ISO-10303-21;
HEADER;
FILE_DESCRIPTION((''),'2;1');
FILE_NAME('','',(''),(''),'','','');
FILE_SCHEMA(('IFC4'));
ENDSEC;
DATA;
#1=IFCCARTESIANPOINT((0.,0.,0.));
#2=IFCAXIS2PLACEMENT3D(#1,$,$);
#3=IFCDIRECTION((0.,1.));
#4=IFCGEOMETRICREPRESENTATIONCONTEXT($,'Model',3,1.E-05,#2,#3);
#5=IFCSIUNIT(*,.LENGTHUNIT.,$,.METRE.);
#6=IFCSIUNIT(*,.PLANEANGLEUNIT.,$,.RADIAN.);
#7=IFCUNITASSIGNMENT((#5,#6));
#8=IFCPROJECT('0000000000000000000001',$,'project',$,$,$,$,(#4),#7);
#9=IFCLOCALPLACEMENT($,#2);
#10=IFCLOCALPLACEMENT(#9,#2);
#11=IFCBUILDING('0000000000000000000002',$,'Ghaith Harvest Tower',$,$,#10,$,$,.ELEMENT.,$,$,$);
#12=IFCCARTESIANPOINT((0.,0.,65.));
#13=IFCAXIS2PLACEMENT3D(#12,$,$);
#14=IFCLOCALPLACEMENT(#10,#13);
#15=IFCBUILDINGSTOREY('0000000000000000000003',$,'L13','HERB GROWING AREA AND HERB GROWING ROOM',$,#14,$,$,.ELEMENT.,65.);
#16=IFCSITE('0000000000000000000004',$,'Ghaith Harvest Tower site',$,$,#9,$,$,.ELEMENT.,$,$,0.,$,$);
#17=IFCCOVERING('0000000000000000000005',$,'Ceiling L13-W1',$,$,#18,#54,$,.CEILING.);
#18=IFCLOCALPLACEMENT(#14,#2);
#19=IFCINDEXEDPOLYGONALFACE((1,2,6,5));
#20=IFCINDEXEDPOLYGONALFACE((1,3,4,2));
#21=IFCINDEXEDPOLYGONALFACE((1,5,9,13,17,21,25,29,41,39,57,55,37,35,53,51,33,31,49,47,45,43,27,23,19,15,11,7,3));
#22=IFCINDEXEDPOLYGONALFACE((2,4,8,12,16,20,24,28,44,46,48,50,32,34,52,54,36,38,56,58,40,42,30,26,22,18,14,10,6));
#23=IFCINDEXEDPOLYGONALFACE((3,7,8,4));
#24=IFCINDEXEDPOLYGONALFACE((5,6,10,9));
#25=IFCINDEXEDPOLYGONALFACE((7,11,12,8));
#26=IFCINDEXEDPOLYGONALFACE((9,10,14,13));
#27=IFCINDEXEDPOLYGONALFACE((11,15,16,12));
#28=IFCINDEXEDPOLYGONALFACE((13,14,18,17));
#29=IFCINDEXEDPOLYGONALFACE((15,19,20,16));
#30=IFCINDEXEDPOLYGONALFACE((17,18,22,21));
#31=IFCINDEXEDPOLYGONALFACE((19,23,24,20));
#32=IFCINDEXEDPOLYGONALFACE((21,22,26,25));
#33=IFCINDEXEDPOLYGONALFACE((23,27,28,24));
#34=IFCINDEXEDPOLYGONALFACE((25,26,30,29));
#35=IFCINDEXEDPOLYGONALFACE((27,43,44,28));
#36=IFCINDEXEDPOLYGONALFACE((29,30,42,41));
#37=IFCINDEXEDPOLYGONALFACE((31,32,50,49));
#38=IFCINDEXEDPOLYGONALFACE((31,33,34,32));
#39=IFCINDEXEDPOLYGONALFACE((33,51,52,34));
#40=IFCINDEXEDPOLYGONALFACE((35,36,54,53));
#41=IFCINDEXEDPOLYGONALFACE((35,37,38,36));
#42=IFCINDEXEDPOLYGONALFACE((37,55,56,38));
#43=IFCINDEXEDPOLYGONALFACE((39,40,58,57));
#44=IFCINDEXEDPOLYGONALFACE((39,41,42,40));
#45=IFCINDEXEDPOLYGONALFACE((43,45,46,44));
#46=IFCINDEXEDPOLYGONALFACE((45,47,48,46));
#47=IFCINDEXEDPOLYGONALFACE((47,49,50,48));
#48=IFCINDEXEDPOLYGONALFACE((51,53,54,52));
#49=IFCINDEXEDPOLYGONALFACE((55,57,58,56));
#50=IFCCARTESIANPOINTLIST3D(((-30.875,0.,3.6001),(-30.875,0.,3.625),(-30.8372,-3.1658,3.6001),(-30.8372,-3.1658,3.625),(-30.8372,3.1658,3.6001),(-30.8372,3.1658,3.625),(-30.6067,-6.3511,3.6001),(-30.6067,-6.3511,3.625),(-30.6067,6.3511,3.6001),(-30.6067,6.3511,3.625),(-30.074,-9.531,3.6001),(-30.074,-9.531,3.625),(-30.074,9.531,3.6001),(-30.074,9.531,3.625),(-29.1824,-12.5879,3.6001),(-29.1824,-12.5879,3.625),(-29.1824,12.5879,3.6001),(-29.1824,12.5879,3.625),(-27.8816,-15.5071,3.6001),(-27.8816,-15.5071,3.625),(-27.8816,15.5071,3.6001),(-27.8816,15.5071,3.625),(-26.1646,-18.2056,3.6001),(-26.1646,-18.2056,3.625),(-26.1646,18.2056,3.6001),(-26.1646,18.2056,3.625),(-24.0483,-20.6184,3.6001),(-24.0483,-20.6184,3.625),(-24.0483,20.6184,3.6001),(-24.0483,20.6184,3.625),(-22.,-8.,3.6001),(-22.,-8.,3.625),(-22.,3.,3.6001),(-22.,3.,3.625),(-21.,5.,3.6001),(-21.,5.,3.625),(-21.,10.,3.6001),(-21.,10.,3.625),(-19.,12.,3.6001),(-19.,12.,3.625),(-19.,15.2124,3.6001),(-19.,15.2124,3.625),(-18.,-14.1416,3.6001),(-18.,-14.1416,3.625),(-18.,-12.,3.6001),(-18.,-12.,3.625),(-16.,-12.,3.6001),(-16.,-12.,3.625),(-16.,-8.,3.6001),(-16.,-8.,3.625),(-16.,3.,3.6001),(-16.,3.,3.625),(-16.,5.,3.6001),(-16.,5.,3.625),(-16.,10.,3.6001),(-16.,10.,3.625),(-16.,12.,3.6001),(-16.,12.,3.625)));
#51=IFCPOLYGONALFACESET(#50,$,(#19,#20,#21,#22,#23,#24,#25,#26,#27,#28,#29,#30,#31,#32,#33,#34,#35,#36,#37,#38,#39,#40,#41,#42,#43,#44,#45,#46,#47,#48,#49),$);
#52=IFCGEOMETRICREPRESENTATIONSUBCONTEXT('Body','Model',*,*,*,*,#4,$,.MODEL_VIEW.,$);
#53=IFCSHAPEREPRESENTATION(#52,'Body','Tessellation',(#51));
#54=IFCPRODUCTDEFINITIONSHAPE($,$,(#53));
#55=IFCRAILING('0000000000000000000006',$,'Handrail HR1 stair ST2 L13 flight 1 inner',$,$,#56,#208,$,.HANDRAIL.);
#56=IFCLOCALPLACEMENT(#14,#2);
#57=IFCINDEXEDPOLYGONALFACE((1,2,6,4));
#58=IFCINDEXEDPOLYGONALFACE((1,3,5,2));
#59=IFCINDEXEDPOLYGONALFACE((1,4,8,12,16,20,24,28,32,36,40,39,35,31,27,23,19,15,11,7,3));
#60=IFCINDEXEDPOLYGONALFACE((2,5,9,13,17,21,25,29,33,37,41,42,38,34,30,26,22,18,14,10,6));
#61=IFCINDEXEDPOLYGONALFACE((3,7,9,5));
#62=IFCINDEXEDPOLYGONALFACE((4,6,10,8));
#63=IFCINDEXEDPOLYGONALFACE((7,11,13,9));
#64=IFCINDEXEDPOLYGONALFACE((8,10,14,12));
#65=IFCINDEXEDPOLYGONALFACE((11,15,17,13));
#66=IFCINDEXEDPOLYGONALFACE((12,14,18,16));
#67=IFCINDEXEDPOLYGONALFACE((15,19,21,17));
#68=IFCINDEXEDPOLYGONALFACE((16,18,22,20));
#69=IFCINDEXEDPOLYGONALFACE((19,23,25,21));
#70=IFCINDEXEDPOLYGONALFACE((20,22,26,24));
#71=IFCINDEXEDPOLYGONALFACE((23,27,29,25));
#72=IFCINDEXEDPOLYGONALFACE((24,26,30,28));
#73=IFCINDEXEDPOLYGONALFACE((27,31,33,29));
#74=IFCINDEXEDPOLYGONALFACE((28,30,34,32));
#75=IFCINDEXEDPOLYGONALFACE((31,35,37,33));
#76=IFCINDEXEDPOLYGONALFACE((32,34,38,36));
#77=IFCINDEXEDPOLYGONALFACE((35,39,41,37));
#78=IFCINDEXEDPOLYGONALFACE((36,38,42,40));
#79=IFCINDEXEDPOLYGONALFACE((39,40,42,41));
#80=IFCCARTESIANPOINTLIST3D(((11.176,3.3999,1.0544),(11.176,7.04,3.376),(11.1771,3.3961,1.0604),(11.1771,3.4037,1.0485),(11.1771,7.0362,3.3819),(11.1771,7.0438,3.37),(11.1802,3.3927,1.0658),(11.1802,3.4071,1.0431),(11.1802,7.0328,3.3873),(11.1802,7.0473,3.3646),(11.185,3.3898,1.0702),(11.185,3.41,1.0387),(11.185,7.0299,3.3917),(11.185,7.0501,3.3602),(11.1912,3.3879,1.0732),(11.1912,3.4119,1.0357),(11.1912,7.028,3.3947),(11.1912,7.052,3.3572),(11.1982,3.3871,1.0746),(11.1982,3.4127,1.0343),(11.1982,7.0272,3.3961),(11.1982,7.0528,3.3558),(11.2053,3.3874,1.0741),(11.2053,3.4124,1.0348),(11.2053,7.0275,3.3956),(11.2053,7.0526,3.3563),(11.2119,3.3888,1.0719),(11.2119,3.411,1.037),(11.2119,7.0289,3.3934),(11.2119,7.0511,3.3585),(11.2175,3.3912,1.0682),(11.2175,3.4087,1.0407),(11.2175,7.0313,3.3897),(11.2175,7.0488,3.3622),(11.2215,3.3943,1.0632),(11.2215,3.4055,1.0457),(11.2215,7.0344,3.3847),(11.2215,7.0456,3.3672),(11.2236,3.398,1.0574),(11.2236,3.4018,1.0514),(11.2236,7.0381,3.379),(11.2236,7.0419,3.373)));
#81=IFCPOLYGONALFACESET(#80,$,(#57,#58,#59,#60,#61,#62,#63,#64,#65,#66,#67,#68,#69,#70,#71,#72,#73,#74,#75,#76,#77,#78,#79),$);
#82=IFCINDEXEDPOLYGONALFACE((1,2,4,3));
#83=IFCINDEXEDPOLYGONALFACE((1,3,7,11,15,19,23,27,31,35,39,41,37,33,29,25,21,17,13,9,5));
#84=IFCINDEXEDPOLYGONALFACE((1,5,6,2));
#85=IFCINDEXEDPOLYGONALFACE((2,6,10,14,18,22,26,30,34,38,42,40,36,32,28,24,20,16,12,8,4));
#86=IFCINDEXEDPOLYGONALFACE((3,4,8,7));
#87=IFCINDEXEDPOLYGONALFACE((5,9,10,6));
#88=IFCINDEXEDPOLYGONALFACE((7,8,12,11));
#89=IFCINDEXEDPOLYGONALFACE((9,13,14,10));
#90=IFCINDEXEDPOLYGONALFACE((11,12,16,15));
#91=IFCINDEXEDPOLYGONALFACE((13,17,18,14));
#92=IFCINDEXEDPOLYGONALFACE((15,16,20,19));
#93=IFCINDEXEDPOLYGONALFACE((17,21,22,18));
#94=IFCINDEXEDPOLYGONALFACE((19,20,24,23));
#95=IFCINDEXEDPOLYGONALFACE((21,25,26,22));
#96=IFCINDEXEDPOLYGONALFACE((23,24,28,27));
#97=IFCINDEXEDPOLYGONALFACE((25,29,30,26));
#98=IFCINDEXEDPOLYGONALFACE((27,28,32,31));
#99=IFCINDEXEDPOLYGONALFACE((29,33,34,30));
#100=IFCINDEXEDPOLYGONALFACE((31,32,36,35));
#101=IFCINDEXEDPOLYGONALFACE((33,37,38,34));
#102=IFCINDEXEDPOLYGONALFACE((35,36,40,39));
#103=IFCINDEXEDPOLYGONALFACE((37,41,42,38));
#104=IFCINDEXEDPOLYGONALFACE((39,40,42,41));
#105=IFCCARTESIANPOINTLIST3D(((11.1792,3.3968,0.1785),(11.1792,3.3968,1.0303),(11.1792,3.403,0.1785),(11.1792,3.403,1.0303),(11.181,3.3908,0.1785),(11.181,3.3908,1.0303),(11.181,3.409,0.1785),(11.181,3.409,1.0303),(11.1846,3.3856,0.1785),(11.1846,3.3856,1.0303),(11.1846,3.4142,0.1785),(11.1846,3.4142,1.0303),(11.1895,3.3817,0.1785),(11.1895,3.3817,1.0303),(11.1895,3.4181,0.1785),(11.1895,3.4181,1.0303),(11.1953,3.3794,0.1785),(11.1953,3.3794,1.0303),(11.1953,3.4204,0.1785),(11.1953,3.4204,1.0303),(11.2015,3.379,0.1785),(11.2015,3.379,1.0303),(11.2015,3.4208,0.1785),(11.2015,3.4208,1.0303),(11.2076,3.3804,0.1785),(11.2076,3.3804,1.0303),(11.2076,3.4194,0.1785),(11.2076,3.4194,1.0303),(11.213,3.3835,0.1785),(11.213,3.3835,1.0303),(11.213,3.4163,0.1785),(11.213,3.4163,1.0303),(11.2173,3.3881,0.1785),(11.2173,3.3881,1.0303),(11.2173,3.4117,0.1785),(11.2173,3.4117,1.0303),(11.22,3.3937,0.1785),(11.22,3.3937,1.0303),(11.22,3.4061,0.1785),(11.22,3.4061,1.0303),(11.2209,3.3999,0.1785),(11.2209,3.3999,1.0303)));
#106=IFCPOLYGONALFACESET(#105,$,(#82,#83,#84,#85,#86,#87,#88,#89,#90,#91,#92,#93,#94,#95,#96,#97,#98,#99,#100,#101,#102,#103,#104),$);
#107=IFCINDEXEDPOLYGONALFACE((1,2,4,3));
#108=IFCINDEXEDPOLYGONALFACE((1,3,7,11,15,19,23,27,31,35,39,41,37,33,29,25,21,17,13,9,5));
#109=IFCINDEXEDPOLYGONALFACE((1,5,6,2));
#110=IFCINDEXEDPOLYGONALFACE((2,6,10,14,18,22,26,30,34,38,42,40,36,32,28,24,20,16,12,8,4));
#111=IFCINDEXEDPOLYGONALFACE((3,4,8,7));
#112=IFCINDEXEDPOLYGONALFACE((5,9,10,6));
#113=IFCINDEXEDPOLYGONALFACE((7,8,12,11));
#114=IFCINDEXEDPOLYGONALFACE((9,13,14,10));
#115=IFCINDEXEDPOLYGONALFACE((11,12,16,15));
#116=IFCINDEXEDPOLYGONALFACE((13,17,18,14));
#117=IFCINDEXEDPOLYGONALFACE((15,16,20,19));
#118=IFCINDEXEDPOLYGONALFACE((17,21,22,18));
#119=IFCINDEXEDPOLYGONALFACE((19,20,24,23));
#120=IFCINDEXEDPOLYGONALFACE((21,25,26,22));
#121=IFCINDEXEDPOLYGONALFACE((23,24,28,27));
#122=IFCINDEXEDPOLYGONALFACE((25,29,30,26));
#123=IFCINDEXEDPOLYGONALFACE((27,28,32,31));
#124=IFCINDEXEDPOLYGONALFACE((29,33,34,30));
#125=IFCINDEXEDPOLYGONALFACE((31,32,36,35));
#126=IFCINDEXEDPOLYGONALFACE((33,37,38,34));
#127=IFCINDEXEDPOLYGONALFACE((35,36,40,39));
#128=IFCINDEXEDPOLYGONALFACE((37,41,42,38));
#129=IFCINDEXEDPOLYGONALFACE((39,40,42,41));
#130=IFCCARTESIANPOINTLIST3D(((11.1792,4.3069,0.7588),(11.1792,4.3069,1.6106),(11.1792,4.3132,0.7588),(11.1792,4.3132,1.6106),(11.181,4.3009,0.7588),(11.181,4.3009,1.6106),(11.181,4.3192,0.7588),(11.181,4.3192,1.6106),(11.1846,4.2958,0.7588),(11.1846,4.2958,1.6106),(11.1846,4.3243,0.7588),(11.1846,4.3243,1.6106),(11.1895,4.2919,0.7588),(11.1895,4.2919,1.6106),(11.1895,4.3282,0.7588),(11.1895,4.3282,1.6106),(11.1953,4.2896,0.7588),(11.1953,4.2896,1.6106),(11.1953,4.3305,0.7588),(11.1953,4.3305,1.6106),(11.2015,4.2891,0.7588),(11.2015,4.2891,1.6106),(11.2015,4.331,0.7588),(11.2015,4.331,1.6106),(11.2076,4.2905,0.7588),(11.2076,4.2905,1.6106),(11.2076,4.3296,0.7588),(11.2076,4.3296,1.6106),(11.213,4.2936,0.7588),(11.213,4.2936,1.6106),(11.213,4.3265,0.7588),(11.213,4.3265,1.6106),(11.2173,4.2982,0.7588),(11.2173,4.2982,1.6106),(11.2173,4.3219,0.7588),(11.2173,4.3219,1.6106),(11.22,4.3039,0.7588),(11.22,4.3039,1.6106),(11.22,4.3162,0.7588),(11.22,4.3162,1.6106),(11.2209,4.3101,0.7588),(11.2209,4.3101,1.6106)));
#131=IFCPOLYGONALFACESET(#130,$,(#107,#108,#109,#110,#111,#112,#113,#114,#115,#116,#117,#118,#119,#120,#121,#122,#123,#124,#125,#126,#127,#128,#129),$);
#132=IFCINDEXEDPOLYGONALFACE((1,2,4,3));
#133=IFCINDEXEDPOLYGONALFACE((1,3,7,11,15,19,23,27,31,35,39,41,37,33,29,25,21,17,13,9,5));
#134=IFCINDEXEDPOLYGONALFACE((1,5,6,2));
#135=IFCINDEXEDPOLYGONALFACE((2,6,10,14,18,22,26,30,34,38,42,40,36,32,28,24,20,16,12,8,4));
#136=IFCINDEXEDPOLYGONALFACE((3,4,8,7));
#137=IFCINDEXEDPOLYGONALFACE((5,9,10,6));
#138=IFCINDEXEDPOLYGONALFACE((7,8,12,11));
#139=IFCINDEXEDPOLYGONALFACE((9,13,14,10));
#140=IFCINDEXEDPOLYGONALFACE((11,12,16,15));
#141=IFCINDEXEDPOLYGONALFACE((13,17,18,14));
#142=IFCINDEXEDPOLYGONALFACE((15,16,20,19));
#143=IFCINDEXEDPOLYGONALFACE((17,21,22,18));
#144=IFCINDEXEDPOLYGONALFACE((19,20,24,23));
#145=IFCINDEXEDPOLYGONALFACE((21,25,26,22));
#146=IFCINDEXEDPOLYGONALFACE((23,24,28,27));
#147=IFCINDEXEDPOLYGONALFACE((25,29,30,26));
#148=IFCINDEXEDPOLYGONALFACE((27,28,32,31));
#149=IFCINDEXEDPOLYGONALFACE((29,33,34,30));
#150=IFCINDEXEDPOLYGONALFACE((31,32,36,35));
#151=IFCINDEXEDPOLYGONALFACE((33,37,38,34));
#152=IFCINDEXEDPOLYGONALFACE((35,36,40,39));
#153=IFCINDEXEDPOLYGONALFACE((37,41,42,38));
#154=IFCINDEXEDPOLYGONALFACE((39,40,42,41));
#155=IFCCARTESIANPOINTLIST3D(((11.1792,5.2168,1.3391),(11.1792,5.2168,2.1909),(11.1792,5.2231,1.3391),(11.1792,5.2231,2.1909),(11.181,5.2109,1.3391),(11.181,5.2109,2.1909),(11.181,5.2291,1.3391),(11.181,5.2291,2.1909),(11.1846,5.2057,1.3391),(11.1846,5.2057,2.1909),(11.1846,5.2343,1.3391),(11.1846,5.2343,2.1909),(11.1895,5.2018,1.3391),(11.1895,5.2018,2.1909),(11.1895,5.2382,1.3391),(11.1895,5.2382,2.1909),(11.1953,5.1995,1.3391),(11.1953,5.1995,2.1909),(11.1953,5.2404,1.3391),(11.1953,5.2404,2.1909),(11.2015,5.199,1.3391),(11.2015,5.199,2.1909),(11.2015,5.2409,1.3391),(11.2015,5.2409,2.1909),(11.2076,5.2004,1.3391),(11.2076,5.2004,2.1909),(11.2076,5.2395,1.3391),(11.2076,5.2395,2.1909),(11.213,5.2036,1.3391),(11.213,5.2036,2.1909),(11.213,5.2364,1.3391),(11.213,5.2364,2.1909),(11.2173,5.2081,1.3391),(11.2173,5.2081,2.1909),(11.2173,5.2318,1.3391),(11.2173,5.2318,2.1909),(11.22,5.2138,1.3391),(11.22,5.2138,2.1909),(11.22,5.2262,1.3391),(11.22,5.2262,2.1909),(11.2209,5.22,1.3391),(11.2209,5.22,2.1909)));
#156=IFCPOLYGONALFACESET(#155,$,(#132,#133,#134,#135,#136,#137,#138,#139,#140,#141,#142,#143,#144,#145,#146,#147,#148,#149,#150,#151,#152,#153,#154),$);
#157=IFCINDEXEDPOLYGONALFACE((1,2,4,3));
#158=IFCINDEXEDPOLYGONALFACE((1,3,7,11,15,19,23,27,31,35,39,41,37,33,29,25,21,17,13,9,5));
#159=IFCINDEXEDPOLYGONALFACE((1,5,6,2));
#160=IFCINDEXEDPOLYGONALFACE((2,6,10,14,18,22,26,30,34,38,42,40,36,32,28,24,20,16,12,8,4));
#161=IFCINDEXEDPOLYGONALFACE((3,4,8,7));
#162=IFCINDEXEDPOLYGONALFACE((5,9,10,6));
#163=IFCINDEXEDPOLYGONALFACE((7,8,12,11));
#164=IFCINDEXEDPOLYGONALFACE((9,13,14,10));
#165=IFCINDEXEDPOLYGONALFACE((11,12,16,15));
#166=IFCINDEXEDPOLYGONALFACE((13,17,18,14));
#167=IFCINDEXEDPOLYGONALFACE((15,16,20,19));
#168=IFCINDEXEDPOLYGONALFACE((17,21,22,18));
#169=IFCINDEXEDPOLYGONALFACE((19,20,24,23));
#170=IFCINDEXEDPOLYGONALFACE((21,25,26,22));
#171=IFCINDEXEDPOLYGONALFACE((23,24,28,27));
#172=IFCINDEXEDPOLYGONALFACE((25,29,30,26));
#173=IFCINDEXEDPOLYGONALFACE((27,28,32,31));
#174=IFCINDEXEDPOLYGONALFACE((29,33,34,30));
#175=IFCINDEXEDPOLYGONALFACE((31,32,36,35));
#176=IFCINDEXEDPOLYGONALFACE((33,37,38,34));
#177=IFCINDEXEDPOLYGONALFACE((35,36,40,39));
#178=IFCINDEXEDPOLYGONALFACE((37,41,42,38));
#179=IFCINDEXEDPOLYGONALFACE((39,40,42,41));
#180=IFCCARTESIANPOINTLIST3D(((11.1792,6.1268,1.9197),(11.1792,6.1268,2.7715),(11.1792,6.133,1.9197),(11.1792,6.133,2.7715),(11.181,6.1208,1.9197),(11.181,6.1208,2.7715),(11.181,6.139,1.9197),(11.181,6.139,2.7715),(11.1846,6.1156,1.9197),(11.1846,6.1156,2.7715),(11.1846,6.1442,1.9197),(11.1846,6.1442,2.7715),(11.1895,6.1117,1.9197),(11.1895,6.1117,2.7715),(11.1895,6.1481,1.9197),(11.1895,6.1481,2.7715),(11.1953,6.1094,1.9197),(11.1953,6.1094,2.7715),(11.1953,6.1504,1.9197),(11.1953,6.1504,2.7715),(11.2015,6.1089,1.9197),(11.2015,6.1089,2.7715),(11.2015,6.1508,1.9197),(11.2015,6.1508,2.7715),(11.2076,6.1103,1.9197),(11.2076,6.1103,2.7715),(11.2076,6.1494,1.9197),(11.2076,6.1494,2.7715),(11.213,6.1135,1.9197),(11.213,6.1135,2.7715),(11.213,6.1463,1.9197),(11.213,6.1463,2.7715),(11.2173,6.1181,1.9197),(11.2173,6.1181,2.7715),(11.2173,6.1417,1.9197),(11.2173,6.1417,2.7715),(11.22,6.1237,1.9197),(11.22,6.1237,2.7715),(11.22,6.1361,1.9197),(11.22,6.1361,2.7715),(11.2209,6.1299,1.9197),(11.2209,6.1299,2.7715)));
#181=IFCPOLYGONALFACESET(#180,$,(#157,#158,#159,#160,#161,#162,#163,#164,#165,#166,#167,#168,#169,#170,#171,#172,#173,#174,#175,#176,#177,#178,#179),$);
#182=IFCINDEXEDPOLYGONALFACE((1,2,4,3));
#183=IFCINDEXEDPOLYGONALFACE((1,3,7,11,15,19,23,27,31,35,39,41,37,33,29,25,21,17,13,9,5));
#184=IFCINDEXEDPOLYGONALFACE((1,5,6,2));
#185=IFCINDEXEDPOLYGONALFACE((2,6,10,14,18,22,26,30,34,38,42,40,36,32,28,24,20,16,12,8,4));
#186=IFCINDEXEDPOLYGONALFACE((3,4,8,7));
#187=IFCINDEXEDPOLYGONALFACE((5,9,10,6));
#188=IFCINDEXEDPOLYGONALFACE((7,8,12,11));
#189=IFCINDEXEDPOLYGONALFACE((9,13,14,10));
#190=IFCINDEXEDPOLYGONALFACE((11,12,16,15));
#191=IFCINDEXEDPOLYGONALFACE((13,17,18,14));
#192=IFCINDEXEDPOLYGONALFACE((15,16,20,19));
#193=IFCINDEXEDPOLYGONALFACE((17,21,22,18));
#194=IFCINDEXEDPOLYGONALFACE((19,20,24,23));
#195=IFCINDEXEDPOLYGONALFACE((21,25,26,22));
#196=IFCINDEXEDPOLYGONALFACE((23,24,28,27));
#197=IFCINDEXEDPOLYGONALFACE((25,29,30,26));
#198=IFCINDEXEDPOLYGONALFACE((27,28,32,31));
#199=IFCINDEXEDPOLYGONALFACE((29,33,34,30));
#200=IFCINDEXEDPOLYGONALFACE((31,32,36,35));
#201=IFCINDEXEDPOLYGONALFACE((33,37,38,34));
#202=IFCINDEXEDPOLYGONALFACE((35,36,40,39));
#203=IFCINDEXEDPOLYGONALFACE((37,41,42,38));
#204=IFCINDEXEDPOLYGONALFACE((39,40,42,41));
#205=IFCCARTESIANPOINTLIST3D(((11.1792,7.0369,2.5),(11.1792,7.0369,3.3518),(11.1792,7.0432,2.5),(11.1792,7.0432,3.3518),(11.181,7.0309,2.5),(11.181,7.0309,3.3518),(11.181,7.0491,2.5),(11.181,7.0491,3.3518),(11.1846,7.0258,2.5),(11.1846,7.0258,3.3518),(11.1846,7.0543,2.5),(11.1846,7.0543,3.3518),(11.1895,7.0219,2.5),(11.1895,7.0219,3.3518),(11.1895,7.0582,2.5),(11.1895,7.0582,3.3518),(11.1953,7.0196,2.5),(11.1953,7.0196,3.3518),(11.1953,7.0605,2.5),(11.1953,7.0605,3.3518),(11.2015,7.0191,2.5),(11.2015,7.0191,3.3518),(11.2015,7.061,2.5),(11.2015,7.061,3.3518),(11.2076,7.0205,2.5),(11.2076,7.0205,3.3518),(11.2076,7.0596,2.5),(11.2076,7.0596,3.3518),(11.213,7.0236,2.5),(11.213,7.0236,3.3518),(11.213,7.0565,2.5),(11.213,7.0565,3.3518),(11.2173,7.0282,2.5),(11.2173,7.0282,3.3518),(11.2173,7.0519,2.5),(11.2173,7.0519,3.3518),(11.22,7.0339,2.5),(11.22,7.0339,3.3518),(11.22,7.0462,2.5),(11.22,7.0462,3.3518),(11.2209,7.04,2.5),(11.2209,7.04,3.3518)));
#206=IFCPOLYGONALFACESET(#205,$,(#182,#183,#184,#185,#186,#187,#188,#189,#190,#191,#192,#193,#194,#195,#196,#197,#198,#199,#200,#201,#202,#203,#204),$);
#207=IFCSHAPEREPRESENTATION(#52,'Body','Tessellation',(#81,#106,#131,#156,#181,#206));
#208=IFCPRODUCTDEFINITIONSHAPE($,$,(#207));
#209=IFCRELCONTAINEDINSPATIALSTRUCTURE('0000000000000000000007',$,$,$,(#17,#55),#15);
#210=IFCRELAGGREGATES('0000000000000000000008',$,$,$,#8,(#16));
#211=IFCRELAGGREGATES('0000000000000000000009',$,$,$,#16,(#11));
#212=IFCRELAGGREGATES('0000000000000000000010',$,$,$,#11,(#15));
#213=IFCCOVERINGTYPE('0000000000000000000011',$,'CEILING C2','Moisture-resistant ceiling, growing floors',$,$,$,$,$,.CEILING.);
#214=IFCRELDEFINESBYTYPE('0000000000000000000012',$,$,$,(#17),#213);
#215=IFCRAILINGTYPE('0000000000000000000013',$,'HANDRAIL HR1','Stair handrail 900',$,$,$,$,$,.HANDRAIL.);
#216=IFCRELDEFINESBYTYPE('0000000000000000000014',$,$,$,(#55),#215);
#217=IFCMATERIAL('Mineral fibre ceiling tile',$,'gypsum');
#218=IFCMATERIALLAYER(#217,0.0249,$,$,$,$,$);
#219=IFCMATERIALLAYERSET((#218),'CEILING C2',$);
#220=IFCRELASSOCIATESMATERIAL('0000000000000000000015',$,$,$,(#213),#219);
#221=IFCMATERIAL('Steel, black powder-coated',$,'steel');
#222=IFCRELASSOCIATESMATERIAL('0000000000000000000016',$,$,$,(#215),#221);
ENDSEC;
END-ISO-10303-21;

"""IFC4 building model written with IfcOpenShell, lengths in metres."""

from ifc_helpers import new_model, si_unit, direction, frame, origin, origin_2d, place, context, subcontext, project, spatial, polyline, circle, outline, extrude, material, layer, layer_set, type_object, element, save


model = new_model("IFC4")

# Units and contexts
model_context = context("Model", 3, precision=1e-05, world=origin(), true_north=direction((0.0, 1.0)))
body_context = subcontext(model_context, "Body", "Model", "MODEL_VIEW")
ifc_project = project(units=[si_unit("LENGTHUNIT", "METRE"), si_unit("PLANEANGLEUNIT", "RADIAN")], contexts=[model_context])

# Site, building, storey
site_placement = place(None, origin())
site = spatial("IfcSite", under=ifc_project, at=site_placement, Name="Ghaith Harvest Tower site", CompositionType="ELEMENT", RefElevation=0.0)
building_placement = place(site_placement, origin())
building = spatial("IfcBuilding", under=site, at=building_placement, Name="Ghaith Harvest Tower", CompositionType="ELEMENT")
storey_placement = place(building_placement, frame((0.0, 0.0, 65.0)))
storey = spatial("IfcBuildingStorey", under=building, at=storey_placement, Name="L13", Description="HERB GROWING AREA AND HERB GROWING ROOM", CompositionType="ELEMENT", Elevation=65.0)

# Covering
ifc_material_1 = material(Name="Mineral fibre ceiling tile", Category="gypsum")
ifc_layer_1 = layer(ifc_material_1, 0.0249)
ifc_layer_set_1 = layer_set([ifc_layer_1], Name="CEILING C2")
covering_type = type_object("IfcCoveringType", Name="CEILING C2", Description="Moisture-resistant ceiling, growing floors", PredefinedType="CEILING", material=ifc_layer_set_1)
covering_1_placement = place(storey_placement, frame((0.0, 0.0, 3.6001)))
element("IfcCovering", 1, at=covering_1_placement, inside=storey, type_object=covering_type, Name="Ceiling L13-W1", PredefinedType="CEILING", context=body_context, shape_type="SweptSolid", body=[
    extrude(outline(polyline([(-26.1646, -18.2056), (-27.8816, -15.5071), (-29.1824, -12.5879), (-30.074, -9.531), (-30.6067, -6.3511), (-30.8372, -3.1658), (-30.875, 0.0), (-30.8372, 3.1658), (-30.6067, 6.3511), (-30.074, 9.531), (-29.1824, 12.5879), (-27.8816, 15.5071), (-26.1646, 18.2056), (-24.0483, 20.6184), (-19.0, 15.2124), (-19.0, 12.0), (-16.0, 12.0), (-16.0, 10.0), (-21.0, 10.0), (-21.0, 5.0), (-16.0, 5.0), (-16.0, 3.0), (-22.0, 3.0), (-22.0, -8.0), (-16.0, -8.0), (-16.0, -12.0), (-18.0, -12.0), (-18.0, -14.1416), (-24.0483, -20.6184), (-26.1646, -18.2056)])), origin(), (0.0, 0.0, 1.0), 0.0249),
])

# Railing
ifc_material_2 = material(Name="Steel, black powder-coated", Category="steel")
railing_type = type_object("IfcRailingType", Name="HANDRAIL HR1", Description="Stair handrail 900", PredefinedType="HANDRAIL", material=ifc_material_2)
railing_1_placement = place(storey_placement, frame((11.2, 3.3999, 0.1785)))
element("IfcRailing", 2, at=railing_1_placement, inside=storey, type_object=railing_type, Name="Handrail HR1 stair ST2 L13 flight 1 inner", PredefinedType="HANDRAIL", context=body_context, shape_type="SweptSolid", body=[
    extrude(circle(Radius=0.0239, at=origin_2d()), frame((0.0, 0.0, 0.876), z_axis=(0.0, 0.843128, 0.537713), x_axis=(-1.0, 0.0, 0.0)), (0.0, 0.0, 1.0), 4.3174),
    extrude(circle(Radius=0.021, at=origin_2d()), origin(), (0.0, 0.0, 1.0), 0.8518),
    extrude(circle(Radius=0.021, at=origin_2d()), frame((0.0, 0.9102, 0.5803)), (0.0, 0.0, 1.0), 0.8518),
    extrude(circle(Radius=0.021, at=origin_2d()), frame((0.0, 1.8201, 1.1606)), (0.0, 0.0, 1.0), 0.8518),
    extrude(circle(Radius=0.021, at=origin_2d()), frame((0.0, 2.73, 1.7412)), (0.0, 0.0, 1.0), 0.8518),
    extrude(circle(Radius=0.021, at=origin_2d()), frame((0.0, 3.6401, 2.3215)), (0.0, 0.0, 1.0), 0.8518),
])

save(model, "model.ifc")
